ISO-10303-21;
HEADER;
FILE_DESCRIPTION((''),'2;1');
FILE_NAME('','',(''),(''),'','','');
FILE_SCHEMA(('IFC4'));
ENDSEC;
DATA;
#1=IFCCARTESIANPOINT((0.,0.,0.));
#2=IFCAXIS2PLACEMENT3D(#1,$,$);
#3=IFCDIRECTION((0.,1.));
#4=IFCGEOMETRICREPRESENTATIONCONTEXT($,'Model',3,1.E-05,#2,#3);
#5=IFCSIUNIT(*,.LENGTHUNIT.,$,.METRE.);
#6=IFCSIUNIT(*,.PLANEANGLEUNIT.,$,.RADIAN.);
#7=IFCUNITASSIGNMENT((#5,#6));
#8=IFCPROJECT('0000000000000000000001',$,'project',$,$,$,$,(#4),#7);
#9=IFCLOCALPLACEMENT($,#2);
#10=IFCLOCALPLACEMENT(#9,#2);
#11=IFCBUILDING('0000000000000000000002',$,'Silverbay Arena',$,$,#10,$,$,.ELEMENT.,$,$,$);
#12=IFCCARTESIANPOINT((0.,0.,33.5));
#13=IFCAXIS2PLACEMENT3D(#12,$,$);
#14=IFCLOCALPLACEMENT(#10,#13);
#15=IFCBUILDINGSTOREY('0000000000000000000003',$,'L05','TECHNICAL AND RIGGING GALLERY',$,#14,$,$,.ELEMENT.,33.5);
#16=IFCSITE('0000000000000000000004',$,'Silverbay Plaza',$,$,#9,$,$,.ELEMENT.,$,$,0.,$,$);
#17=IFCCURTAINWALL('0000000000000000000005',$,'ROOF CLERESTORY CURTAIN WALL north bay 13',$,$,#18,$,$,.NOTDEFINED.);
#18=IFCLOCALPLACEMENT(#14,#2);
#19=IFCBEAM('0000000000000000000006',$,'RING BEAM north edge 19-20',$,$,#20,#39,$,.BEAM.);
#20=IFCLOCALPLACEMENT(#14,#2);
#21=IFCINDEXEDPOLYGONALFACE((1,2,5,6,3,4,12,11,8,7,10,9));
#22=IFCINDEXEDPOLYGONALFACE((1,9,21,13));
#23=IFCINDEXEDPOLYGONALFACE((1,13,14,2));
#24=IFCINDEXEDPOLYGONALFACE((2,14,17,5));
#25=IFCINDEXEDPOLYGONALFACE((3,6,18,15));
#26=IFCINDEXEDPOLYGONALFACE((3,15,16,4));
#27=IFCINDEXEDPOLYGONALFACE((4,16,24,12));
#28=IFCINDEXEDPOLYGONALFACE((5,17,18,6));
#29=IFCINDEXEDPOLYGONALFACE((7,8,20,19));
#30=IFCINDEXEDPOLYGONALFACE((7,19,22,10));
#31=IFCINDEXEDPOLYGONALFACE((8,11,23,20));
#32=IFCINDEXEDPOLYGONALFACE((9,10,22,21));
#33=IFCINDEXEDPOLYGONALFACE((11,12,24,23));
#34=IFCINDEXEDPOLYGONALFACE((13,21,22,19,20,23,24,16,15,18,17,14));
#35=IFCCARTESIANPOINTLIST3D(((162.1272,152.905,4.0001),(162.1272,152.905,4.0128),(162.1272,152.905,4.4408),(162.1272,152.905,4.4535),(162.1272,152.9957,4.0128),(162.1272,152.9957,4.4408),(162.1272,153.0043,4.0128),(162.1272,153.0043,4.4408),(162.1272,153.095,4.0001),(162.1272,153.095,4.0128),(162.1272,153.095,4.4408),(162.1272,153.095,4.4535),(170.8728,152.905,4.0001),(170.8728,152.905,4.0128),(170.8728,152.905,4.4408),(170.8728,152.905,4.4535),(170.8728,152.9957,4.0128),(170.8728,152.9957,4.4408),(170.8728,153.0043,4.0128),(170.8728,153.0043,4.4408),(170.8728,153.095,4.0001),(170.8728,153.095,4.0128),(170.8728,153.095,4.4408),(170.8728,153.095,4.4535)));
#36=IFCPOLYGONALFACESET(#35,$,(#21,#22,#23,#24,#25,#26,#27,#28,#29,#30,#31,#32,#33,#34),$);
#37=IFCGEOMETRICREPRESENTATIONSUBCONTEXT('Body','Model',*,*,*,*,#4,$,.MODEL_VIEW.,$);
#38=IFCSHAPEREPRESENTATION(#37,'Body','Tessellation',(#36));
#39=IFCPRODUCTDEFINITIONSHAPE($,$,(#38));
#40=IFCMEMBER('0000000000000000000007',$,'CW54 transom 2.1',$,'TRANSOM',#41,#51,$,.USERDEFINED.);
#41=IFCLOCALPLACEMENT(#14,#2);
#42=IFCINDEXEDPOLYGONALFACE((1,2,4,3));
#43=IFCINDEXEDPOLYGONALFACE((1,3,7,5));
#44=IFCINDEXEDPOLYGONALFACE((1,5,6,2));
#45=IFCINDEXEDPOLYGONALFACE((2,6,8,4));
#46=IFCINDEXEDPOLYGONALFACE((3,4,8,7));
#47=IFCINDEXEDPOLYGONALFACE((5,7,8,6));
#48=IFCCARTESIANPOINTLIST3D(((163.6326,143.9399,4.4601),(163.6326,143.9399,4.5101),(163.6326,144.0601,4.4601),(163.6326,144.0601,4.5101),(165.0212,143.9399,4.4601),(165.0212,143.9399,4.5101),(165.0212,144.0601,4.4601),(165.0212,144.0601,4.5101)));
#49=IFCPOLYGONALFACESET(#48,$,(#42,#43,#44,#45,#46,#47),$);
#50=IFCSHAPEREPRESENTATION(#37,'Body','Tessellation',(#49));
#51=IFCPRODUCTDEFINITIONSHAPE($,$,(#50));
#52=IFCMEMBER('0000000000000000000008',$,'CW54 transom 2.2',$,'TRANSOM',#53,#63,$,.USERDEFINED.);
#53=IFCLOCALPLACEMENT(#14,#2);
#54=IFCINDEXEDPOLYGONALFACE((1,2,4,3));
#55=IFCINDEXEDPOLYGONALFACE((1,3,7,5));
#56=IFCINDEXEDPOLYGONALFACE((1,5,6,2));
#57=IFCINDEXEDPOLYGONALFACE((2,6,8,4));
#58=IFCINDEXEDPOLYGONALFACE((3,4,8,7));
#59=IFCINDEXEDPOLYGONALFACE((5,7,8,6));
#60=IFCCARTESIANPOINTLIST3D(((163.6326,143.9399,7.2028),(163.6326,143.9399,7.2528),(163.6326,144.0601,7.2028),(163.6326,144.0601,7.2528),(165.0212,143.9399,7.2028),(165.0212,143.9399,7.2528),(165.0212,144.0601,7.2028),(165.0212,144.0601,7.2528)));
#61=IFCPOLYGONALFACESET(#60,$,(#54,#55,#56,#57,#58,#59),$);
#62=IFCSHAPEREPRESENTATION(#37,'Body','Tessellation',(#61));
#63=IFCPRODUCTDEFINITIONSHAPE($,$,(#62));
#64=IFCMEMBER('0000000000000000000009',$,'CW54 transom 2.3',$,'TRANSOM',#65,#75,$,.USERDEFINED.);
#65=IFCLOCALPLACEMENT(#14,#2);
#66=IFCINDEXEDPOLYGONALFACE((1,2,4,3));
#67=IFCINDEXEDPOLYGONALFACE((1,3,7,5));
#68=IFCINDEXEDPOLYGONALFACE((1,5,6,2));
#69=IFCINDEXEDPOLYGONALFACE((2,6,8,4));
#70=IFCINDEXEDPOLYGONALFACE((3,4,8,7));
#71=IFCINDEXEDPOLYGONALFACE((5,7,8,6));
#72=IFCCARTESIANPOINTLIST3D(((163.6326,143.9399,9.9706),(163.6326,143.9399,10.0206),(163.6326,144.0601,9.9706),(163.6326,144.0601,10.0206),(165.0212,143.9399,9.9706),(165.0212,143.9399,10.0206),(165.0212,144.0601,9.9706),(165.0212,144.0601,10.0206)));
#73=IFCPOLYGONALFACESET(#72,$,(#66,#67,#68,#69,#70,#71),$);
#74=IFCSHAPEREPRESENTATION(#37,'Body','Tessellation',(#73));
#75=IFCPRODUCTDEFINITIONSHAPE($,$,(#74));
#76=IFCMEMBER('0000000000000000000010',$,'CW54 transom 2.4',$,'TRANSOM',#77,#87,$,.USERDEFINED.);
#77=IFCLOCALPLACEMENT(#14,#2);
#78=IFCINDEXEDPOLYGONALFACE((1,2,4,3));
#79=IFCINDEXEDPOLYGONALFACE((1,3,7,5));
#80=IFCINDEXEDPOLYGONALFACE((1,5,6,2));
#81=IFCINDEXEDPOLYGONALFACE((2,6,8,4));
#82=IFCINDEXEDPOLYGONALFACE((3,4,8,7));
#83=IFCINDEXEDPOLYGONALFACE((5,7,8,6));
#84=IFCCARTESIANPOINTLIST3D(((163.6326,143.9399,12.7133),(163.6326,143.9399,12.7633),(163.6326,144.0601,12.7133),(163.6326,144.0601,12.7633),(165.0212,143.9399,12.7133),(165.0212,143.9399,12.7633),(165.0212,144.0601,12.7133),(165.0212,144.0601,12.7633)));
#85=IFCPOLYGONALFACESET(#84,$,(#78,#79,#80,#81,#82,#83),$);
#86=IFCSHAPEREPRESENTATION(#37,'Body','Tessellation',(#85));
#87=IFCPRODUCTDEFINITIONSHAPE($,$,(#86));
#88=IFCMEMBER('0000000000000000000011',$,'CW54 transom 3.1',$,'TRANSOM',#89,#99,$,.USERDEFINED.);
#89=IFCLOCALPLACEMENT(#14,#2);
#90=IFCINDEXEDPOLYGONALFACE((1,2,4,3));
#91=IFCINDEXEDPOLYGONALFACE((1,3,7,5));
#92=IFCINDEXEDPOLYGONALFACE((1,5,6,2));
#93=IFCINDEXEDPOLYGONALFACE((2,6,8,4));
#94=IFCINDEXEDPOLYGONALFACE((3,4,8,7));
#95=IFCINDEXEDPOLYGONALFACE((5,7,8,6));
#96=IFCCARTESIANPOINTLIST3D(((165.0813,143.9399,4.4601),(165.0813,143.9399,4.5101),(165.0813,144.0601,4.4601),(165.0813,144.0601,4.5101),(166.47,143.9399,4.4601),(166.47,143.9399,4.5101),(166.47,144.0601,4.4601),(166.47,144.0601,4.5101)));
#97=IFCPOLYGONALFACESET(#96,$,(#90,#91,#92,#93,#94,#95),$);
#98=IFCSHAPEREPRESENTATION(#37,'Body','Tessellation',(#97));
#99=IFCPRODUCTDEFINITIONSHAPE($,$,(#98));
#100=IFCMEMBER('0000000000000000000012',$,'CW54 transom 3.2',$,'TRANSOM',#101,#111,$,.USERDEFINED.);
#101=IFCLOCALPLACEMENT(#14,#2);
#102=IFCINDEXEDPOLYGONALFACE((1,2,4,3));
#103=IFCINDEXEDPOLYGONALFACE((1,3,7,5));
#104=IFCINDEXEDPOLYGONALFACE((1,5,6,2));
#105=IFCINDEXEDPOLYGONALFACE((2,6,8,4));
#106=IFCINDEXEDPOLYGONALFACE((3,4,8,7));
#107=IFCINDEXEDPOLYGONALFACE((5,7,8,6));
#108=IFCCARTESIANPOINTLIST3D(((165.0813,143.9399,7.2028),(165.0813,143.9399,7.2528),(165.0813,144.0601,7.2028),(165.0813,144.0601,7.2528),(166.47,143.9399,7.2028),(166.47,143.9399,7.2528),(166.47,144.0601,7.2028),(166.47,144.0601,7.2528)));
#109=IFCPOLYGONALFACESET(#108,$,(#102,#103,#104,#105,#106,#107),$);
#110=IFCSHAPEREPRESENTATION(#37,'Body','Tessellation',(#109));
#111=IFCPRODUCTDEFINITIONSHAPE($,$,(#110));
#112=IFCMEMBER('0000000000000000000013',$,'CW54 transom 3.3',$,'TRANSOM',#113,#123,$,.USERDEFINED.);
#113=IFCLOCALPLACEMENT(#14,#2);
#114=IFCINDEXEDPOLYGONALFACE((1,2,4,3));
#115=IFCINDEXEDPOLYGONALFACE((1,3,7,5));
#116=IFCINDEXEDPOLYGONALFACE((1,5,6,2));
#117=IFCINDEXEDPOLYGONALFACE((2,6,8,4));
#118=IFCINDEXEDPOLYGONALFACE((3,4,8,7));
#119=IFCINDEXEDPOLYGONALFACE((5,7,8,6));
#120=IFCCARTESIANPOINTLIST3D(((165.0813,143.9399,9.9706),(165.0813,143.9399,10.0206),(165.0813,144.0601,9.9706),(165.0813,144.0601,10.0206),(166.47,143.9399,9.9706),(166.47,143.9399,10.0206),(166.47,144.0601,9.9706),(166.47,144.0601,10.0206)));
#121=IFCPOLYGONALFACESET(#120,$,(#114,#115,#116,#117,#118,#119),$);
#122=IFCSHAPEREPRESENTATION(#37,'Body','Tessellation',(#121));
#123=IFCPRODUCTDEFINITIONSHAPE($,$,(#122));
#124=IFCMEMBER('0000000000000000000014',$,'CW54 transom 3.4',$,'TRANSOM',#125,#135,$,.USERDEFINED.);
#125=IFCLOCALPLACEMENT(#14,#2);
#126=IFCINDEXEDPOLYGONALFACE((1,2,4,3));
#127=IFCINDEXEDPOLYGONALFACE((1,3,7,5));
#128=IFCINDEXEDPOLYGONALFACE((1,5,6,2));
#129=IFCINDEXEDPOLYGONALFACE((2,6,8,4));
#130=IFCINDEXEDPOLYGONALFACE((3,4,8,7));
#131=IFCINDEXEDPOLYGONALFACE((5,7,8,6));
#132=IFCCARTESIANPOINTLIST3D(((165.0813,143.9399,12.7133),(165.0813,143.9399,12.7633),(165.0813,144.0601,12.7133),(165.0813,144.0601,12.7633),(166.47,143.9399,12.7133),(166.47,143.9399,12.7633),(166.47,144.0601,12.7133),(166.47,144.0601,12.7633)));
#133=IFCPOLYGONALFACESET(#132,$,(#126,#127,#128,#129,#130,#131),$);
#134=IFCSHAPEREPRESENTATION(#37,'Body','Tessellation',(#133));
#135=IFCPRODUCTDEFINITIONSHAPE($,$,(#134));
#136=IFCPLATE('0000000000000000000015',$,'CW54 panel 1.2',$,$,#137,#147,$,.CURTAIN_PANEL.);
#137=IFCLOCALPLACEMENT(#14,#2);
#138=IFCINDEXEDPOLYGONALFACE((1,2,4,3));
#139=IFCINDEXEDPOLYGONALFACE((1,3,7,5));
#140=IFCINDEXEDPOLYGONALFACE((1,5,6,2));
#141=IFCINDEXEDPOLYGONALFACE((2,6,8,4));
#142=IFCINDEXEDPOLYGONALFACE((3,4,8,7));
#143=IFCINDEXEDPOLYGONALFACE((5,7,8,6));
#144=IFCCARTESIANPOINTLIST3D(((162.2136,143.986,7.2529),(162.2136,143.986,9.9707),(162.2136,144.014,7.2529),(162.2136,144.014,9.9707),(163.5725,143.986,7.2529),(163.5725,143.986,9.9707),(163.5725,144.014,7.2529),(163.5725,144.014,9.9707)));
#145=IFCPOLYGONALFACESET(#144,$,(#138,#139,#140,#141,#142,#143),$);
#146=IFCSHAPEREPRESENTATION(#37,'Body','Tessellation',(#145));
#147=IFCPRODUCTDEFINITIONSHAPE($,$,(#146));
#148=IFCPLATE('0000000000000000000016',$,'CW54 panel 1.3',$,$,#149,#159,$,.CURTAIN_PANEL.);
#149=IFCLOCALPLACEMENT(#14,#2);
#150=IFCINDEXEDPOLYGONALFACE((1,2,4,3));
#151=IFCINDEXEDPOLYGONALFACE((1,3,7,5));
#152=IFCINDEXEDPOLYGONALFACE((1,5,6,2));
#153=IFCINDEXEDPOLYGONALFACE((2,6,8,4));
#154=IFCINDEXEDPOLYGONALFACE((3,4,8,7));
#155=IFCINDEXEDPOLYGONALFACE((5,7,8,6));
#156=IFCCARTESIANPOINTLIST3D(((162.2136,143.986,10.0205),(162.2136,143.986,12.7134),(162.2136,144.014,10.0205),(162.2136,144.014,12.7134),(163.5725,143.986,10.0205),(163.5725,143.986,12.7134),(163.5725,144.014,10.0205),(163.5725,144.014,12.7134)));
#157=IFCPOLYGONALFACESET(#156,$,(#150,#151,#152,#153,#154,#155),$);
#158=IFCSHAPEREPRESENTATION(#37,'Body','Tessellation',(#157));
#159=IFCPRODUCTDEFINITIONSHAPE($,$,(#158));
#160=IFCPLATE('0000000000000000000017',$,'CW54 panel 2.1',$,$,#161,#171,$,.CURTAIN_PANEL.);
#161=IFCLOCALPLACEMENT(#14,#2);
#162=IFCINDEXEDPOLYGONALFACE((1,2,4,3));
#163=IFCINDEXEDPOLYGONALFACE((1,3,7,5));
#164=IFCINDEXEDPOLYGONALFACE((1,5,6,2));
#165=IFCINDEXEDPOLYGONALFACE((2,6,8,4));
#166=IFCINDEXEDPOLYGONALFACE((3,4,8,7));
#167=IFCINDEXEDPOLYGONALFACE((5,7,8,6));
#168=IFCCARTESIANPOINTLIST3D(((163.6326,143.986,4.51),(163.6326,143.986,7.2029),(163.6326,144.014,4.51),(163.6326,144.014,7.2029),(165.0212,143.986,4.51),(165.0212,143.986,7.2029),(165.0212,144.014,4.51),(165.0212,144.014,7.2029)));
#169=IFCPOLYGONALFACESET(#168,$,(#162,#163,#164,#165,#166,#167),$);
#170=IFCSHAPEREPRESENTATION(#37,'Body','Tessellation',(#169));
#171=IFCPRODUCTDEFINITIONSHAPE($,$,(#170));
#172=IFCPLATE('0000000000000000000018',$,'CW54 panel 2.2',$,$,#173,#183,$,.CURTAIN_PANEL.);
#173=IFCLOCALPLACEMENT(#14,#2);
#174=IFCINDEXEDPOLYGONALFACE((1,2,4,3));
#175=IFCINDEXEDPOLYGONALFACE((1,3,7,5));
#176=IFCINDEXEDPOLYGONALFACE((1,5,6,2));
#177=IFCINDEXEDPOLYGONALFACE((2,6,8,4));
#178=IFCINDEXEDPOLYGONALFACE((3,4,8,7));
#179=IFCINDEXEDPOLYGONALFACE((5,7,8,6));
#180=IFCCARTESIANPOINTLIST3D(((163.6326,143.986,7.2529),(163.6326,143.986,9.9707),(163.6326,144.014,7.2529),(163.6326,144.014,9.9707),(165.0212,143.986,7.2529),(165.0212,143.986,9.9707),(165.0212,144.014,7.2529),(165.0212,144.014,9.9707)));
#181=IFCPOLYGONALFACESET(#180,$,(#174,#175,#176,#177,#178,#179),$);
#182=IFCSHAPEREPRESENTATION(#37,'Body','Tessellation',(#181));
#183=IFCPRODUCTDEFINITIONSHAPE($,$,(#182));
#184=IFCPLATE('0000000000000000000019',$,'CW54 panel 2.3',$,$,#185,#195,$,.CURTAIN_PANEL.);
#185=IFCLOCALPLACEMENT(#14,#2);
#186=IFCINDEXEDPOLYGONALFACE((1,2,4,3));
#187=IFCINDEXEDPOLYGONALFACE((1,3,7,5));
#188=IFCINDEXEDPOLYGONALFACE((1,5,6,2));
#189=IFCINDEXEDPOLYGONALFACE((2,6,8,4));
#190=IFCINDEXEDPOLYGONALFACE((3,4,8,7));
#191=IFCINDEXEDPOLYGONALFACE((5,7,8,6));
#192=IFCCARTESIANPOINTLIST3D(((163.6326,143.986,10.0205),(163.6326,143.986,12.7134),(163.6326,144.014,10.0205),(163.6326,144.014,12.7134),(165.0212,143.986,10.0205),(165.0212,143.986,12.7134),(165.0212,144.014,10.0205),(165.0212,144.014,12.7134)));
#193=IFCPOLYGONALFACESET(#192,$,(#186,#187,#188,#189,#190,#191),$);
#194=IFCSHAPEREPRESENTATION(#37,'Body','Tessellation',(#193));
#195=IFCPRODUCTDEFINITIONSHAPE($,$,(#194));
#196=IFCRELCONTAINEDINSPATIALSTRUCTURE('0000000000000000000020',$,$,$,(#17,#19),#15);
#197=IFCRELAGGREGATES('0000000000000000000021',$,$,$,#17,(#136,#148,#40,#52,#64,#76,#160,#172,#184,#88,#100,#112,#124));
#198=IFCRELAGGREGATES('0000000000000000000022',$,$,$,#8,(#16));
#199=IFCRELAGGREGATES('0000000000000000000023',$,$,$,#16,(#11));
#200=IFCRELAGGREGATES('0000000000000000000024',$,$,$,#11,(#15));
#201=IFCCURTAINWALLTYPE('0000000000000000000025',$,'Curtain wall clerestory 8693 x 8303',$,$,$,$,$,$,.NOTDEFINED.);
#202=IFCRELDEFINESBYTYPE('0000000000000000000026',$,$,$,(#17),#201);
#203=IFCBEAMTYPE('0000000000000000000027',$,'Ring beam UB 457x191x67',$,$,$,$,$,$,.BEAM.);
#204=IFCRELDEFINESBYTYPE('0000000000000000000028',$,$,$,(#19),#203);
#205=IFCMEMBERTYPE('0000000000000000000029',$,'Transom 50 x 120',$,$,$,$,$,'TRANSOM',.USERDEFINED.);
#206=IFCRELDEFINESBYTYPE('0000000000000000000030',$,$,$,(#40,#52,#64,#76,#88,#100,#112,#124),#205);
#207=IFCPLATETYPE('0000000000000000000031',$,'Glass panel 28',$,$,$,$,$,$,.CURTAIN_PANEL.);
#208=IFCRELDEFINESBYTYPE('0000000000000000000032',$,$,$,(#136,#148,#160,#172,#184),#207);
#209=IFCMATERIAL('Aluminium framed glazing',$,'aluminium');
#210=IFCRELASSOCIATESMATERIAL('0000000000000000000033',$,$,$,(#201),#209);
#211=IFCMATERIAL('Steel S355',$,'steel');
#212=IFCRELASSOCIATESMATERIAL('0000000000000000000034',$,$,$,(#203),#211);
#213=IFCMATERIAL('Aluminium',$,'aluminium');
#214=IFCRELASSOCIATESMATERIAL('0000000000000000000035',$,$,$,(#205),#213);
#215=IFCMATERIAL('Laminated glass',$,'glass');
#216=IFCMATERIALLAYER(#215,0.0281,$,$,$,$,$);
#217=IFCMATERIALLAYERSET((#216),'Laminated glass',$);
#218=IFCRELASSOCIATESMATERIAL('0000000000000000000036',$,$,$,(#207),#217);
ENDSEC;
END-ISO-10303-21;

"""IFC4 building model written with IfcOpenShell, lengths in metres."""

from ifc_helpers import new_model, si_unit, direction, frame, origin, origin_2d, place, context, subcontext, project, spatial, rectangle, i_section, extrude, material, layer, layer_set, material_profile, profile_set, type_object, element, aggregate, save


model = new_model("IFC4")

# Units and contexts
model_context = context("Model", 3, precision=1e-05, world=origin(), true_north=direction((0.0, 1.0)))
body_context = subcontext(model_context, "Body", "Model", "MODEL_VIEW")
ifc_project = project(units=[si_unit("LENGTHUNIT", "METRE"), si_unit("PLANEANGLEUNIT", "RADIAN")], contexts=[model_context])

# Site, building, storey
site_placement = place(None, origin())
site = spatial("IfcSite", under=ifc_project, at=site_placement, Name="Silverbay Plaza", CompositionType="ELEMENT", RefElevation=0.0)
building_placement = place(site_placement, origin())
building = spatial("IfcBuilding", under=site, at=building_placement, Name="Silverbay Arena", CompositionType="ELEMENT")
storey_placement = place(building_placement, frame((0.0, 0.0, 33.5)))
storey = spatial("IfcBuildingStorey", under=building, at=storey_placement, Name="L05", Description="TECHNICAL AND RIGGING GALLERY", CompositionType="ELEMENT", Elevation=33.5)

# Curtain wall
ifc_material_1 = material(Name="Aluminium framed glazing", Category="aluminium")
curtain_wall_type = type_object("IfcCurtainWallType", Name="Curtain wall clerestory 8693 x 8303", PredefinedType="NOTDEFINED", material=ifc_material_1)
curtain_wall_placement = place(storey_placement, origin())
curtain_wall = element("IfcCurtainWall", 1, at=curtain_wall_placement, inside=storey, type_object=curtain_wall_type, Name="ROOF CLERESTORY CURTAIN WALL north bay 13", PredefinedType="NOTDEFINED")

# Beam
ifc_material_2 = material(Name="Steel S355", Category="steel")
ifc_material_profile_1 = material_profile(ifc_material_2, i_section(OverallWidth=0.1899, OverallDepth=0.4534, WebThickness=0.0085, FlangeThickness=0.0127, at=origin_2d()), Name="UB 457x191x67")
ifc_profile_set_1 = profile_set([ifc_material_profile_1], Name="Steel S355")
beam_type = type_object("IfcBeamType", Name="Ring beam UB 457x191x67", PredefinedType="BEAM", material=ifc_profile_set_1)
beam_placement = place(storey_placement, frame((162.1272, 153.0, 4.2268), z_axis=(1.0, 0.0, 0.0), x_axis=(0.0, 1.0, 0.0)))
element("IfcBeam", 2, at=beam_placement, inside=storey, type_object=beam_type, Name="RING BEAM north edge 19-20", PredefinedType="BEAM", context=body_context, shape_type="SweptSolid", body=[
    extrude(i_section(OverallWidth=0.1899, OverallDepth=0.4534, WebThickness=0.0085, FlangeThickness=0.0127, at=origin_2d()), origin(), (0.0, 0.0, 1.0), 8.7456),
])

# Members
ifc_material_3 = material(Name="Aluminium", Category="aluminium")
ifc_material_profile_2 = material_profile(ifc_material_3, rectangle(XDim=0.1201, YDim=0.05, at=origin_2d()), Name="Transom 50 x 120")
ifc_profile_set_2 = profile_set([ifc_material_profile_2], Name="Aluminium")
member_type_1 = type_object("IfcMemberType", Name="Transom 50 x 120", ElementType="TRANSOM", PredefinedType="USERDEFINED", material=ifc_profile_set_2)
member_1_placement = place(storey_placement, frame((163.6326, 144.0, 4.4851), z_axis=(1.0, 0.0, 0.0), x_axis=(0.0, 1.0, 0.0)))
member_1 = element("IfcMember", 3, at=member_1_placement, type_object=member_type_1, Name="CW54 transom 2.1", ObjectType="TRANSOM", PredefinedType="USERDEFINED", context=body_context, shape_type="SweptSolid", body=[
    extrude(rectangle(XDim=0.1201, YDim=0.05, at=origin_2d()), origin(), (0.0, 0.0, 1.0), 1.3887),
])
member_2_placement = place(storey_placement, frame((163.6326, 144.0, 7.2278), z_axis=(1.0, 0.0, 0.0), x_axis=(0.0, 1.0, 0.0)))
member_2 = element("IfcMember", 4, at=member_2_placement, type_object=member_type_1, Name="CW54 transom 2.2", ObjectType="TRANSOM", PredefinedType="USERDEFINED", context=body_context, shape_type="SweptSolid", body=[
    extrude(rectangle(XDim=0.1201, YDim=0.05, at=origin_2d()), origin(), (0.0, 0.0, 1.0), 1.3887),
])
member_3_placement = place(storey_placement, frame((163.6326, 144.0, 9.9956), z_axis=(1.0, 0.0, 0.0), x_axis=(0.0, 1.0, 0.0)))
member_3 = element("IfcMember", 5, at=member_3_placement, type_object=member_type_1, Name="CW54 transom 2.3", ObjectType="TRANSOM", PredefinedType="USERDEFINED", context=body_context, shape_type="SweptSolid", body=[
    extrude(rectangle(XDim=0.1201, YDim=0.05, at=origin_2d()), origin(), (0.0, 0.0, 1.0), 1.3887),
])
member_4_placement = place(storey_placement, frame((163.6326, 144.0, 12.7383), z_axis=(1.0, 0.0, 0.0), x_axis=(0.0, 1.0, 0.0)))
member_4 = element("IfcMember", 6, at=member_4_placement, type_object=member_type_1, Name="CW54 transom 2.4", ObjectType="TRANSOM", PredefinedType="USERDEFINED", context=body_context, shape_type="SweptSolid", body=[
    extrude(rectangle(XDim=0.1201, YDim=0.05, at=origin_2d()), origin(), (0.0, 0.0, 1.0), 1.3887),
])
member_5_placement = place(storey_placement, frame((165.0813, 144.0, 4.4851), z_axis=(1.0, 0.0, 0.0), x_axis=(0.0, 1.0, 0.0)))
member_5 = element("IfcMember", 7, at=member_5_placement, type_object=member_type_1, Name="CW54 transom 3.1", ObjectType="TRANSOM", PredefinedType="USERDEFINED", context=body_context, shape_type="SweptSolid", body=[
    extrude(rectangle(XDim=0.1201, YDim=0.05, at=origin_2d()), origin(), (0.0, 0.0, 1.0), 1.3887),
])
member_6_placement = place(storey_placement, frame((165.0813, 144.0, 7.2278), z_axis=(1.0, 0.0, 0.0), x_axis=(0.0, 1.0, 0.0)))
member_6 = element("IfcMember", 8, at=member_6_placement, type_object=member_type_1, Name="CW54 transom 3.2", ObjectType="TRANSOM", PredefinedType="USERDEFINED", context=body_context, shape_type="SweptSolid", body=[
    extrude(rectangle(XDim=0.1201, YDim=0.05, at=origin_2d()), origin(), (0.0, 0.0, 1.0), 1.3887),
])
member_7_placement = place(storey_placement, frame((165.0813, 144.0, 9.9956), z_axis=(1.0, 0.0, 0.0), x_axis=(0.0, 1.0, 0.0)))
member_7 = element("IfcMember", 9, at=member_7_placement, type_object=member_type_1, Name="CW54 transom 3.3", ObjectType="TRANSOM", PredefinedType="USERDEFINED", context=body_context, shape_type="SweptSolid", body=[
    extrude(rectangle(XDim=0.1201, YDim=0.05, at=origin_2d()), origin(), (0.0, 0.0, 1.0), 1.3887),
])
member_8_placement = place(storey_placement, frame((165.0813, 144.0, 12.7383), z_axis=(1.0, 0.0, 0.0), x_axis=(0.0, 1.0, 0.0)))
member_8 = element("IfcMember", 10, at=member_8_placement, type_object=member_type_1, Name="CW54 transom 3.4", ObjectType="TRANSOM", PredefinedType="USERDEFINED", context=body_context, shape_type="SweptSolid", body=[
    extrude(rectangle(XDim=0.1201, YDim=0.05, at=origin_2d()), origin(), (0.0, 0.0, 1.0), 1.3887),
])

# Plates
ifc_material_4 = material(Name="Laminated glass", Category="glass")
ifc_layer = layer(ifc_material_4, 0.0281)
ifc_layer_set = layer_set([ifc_layer], Name="Laminated glass")
plate_type = type_object("IfcPlateType", Name="Glass panel 28", PredefinedType="CURTAIN_PANEL", material=ifc_layer_set)
plate_1_placement = place(storey_placement, frame((162.8931, 144.0, 7.2529), z_axis=(0.0, 0.0, 1.0), x_axis=(1.0, 0.0, 0.0)))
plate_1 = element("IfcPlate", 11, at=plate_1_placement, type_object=plate_type, Name="CW54 panel 1.2", PredefinedType="CURTAIN_PANEL", context=body_context, shape_type="SweptSolid", body=[
    extrude(rectangle(XDim=1.3589, YDim=0.0281, at=origin_2d()), origin(), (0.0, 0.0, 1.0), 2.7178),
])
plate_2_placement = place(storey_placement, frame((162.8931, 144.0, 10.0205), z_axis=(0.0, 0.0, 1.0), x_axis=(1.0, 0.0, 0.0)))
plate_2 = element("IfcPlate", 12, at=plate_2_placement, type_object=plate_type, Name="CW54 panel 1.3", PredefinedType="CURTAIN_PANEL", context=body_context, shape_type="SweptSolid", body=[
    extrude(rectangle(XDim=1.3589, YDim=0.0281, at=origin_2d()), origin(), (0.0, 0.0, 1.0), 2.6929),
])
plate_3_placement = place(storey_placement, frame((164.3269, 144.0, 4.51), z_axis=(0.0, 0.0, 1.0), x_axis=(1.0, 0.0, 0.0)))
plate_3 = element("IfcPlate", 13, at=plate_3_placement, type_object=plate_type, Name="CW54 panel 2.1", PredefinedType="CURTAIN_PANEL", context=body_context, shape_type="SweptSolid", body=[
    extrude(rectangle(XDim=1.3887, YDim=0.0281, at=origin_2d()), origin(), (0.0, 0.0, 1.0), 2.6929),
])
plate_4_placement = place(storey_placement, frame((164.3269, 144.0, 7.2529), z_axis=(0.0, 0.0, 1.0), x_axis=(1.0, 0.0, 0.0)))
plate_4 = element("IfcPlate", 14, at=plate_4_placement, type_object=plate_type, Name="CW54 panel 2.2", PredefinedType="CURTAIN_PANEL", context=body_context, shape_type="SweptSolid", body=[
    extrude(rectangle(XDim=1.3887, YDim=0.0281, at=origin_2d()), origin(), (0.0, 0.0, 1.0), 2.7178),
])
plate_5_placement = place(storey_placement, frame((164.3269, 144.0, 10.0205), z_axis=(0.0, 0.0, 1.0), x_axis=(1.0, 0.0, 0.0)))
plate_5 = element("IfcPlate", 15, at=plate_5_placement, type_object=plate_type, Name="CW54 panel 2.3", PredefinedType="CURTAIN_PANEL", context=body_context, shape_type="SweptSolid", body=[
    extrude(rectangle(XDim=1.3887, YDim=0.0281, at=origin_2d()), origin(), (0.0, 0.0, 1.0), 2.6929),
])
aggregate(curtain_wall, [plate_1, plate_2, member_1, member_2, member_3, member_4, plate_3, plate_4, plate_5, member_5, member_6, member_7, member_8])

save(model, "model.ifc")
